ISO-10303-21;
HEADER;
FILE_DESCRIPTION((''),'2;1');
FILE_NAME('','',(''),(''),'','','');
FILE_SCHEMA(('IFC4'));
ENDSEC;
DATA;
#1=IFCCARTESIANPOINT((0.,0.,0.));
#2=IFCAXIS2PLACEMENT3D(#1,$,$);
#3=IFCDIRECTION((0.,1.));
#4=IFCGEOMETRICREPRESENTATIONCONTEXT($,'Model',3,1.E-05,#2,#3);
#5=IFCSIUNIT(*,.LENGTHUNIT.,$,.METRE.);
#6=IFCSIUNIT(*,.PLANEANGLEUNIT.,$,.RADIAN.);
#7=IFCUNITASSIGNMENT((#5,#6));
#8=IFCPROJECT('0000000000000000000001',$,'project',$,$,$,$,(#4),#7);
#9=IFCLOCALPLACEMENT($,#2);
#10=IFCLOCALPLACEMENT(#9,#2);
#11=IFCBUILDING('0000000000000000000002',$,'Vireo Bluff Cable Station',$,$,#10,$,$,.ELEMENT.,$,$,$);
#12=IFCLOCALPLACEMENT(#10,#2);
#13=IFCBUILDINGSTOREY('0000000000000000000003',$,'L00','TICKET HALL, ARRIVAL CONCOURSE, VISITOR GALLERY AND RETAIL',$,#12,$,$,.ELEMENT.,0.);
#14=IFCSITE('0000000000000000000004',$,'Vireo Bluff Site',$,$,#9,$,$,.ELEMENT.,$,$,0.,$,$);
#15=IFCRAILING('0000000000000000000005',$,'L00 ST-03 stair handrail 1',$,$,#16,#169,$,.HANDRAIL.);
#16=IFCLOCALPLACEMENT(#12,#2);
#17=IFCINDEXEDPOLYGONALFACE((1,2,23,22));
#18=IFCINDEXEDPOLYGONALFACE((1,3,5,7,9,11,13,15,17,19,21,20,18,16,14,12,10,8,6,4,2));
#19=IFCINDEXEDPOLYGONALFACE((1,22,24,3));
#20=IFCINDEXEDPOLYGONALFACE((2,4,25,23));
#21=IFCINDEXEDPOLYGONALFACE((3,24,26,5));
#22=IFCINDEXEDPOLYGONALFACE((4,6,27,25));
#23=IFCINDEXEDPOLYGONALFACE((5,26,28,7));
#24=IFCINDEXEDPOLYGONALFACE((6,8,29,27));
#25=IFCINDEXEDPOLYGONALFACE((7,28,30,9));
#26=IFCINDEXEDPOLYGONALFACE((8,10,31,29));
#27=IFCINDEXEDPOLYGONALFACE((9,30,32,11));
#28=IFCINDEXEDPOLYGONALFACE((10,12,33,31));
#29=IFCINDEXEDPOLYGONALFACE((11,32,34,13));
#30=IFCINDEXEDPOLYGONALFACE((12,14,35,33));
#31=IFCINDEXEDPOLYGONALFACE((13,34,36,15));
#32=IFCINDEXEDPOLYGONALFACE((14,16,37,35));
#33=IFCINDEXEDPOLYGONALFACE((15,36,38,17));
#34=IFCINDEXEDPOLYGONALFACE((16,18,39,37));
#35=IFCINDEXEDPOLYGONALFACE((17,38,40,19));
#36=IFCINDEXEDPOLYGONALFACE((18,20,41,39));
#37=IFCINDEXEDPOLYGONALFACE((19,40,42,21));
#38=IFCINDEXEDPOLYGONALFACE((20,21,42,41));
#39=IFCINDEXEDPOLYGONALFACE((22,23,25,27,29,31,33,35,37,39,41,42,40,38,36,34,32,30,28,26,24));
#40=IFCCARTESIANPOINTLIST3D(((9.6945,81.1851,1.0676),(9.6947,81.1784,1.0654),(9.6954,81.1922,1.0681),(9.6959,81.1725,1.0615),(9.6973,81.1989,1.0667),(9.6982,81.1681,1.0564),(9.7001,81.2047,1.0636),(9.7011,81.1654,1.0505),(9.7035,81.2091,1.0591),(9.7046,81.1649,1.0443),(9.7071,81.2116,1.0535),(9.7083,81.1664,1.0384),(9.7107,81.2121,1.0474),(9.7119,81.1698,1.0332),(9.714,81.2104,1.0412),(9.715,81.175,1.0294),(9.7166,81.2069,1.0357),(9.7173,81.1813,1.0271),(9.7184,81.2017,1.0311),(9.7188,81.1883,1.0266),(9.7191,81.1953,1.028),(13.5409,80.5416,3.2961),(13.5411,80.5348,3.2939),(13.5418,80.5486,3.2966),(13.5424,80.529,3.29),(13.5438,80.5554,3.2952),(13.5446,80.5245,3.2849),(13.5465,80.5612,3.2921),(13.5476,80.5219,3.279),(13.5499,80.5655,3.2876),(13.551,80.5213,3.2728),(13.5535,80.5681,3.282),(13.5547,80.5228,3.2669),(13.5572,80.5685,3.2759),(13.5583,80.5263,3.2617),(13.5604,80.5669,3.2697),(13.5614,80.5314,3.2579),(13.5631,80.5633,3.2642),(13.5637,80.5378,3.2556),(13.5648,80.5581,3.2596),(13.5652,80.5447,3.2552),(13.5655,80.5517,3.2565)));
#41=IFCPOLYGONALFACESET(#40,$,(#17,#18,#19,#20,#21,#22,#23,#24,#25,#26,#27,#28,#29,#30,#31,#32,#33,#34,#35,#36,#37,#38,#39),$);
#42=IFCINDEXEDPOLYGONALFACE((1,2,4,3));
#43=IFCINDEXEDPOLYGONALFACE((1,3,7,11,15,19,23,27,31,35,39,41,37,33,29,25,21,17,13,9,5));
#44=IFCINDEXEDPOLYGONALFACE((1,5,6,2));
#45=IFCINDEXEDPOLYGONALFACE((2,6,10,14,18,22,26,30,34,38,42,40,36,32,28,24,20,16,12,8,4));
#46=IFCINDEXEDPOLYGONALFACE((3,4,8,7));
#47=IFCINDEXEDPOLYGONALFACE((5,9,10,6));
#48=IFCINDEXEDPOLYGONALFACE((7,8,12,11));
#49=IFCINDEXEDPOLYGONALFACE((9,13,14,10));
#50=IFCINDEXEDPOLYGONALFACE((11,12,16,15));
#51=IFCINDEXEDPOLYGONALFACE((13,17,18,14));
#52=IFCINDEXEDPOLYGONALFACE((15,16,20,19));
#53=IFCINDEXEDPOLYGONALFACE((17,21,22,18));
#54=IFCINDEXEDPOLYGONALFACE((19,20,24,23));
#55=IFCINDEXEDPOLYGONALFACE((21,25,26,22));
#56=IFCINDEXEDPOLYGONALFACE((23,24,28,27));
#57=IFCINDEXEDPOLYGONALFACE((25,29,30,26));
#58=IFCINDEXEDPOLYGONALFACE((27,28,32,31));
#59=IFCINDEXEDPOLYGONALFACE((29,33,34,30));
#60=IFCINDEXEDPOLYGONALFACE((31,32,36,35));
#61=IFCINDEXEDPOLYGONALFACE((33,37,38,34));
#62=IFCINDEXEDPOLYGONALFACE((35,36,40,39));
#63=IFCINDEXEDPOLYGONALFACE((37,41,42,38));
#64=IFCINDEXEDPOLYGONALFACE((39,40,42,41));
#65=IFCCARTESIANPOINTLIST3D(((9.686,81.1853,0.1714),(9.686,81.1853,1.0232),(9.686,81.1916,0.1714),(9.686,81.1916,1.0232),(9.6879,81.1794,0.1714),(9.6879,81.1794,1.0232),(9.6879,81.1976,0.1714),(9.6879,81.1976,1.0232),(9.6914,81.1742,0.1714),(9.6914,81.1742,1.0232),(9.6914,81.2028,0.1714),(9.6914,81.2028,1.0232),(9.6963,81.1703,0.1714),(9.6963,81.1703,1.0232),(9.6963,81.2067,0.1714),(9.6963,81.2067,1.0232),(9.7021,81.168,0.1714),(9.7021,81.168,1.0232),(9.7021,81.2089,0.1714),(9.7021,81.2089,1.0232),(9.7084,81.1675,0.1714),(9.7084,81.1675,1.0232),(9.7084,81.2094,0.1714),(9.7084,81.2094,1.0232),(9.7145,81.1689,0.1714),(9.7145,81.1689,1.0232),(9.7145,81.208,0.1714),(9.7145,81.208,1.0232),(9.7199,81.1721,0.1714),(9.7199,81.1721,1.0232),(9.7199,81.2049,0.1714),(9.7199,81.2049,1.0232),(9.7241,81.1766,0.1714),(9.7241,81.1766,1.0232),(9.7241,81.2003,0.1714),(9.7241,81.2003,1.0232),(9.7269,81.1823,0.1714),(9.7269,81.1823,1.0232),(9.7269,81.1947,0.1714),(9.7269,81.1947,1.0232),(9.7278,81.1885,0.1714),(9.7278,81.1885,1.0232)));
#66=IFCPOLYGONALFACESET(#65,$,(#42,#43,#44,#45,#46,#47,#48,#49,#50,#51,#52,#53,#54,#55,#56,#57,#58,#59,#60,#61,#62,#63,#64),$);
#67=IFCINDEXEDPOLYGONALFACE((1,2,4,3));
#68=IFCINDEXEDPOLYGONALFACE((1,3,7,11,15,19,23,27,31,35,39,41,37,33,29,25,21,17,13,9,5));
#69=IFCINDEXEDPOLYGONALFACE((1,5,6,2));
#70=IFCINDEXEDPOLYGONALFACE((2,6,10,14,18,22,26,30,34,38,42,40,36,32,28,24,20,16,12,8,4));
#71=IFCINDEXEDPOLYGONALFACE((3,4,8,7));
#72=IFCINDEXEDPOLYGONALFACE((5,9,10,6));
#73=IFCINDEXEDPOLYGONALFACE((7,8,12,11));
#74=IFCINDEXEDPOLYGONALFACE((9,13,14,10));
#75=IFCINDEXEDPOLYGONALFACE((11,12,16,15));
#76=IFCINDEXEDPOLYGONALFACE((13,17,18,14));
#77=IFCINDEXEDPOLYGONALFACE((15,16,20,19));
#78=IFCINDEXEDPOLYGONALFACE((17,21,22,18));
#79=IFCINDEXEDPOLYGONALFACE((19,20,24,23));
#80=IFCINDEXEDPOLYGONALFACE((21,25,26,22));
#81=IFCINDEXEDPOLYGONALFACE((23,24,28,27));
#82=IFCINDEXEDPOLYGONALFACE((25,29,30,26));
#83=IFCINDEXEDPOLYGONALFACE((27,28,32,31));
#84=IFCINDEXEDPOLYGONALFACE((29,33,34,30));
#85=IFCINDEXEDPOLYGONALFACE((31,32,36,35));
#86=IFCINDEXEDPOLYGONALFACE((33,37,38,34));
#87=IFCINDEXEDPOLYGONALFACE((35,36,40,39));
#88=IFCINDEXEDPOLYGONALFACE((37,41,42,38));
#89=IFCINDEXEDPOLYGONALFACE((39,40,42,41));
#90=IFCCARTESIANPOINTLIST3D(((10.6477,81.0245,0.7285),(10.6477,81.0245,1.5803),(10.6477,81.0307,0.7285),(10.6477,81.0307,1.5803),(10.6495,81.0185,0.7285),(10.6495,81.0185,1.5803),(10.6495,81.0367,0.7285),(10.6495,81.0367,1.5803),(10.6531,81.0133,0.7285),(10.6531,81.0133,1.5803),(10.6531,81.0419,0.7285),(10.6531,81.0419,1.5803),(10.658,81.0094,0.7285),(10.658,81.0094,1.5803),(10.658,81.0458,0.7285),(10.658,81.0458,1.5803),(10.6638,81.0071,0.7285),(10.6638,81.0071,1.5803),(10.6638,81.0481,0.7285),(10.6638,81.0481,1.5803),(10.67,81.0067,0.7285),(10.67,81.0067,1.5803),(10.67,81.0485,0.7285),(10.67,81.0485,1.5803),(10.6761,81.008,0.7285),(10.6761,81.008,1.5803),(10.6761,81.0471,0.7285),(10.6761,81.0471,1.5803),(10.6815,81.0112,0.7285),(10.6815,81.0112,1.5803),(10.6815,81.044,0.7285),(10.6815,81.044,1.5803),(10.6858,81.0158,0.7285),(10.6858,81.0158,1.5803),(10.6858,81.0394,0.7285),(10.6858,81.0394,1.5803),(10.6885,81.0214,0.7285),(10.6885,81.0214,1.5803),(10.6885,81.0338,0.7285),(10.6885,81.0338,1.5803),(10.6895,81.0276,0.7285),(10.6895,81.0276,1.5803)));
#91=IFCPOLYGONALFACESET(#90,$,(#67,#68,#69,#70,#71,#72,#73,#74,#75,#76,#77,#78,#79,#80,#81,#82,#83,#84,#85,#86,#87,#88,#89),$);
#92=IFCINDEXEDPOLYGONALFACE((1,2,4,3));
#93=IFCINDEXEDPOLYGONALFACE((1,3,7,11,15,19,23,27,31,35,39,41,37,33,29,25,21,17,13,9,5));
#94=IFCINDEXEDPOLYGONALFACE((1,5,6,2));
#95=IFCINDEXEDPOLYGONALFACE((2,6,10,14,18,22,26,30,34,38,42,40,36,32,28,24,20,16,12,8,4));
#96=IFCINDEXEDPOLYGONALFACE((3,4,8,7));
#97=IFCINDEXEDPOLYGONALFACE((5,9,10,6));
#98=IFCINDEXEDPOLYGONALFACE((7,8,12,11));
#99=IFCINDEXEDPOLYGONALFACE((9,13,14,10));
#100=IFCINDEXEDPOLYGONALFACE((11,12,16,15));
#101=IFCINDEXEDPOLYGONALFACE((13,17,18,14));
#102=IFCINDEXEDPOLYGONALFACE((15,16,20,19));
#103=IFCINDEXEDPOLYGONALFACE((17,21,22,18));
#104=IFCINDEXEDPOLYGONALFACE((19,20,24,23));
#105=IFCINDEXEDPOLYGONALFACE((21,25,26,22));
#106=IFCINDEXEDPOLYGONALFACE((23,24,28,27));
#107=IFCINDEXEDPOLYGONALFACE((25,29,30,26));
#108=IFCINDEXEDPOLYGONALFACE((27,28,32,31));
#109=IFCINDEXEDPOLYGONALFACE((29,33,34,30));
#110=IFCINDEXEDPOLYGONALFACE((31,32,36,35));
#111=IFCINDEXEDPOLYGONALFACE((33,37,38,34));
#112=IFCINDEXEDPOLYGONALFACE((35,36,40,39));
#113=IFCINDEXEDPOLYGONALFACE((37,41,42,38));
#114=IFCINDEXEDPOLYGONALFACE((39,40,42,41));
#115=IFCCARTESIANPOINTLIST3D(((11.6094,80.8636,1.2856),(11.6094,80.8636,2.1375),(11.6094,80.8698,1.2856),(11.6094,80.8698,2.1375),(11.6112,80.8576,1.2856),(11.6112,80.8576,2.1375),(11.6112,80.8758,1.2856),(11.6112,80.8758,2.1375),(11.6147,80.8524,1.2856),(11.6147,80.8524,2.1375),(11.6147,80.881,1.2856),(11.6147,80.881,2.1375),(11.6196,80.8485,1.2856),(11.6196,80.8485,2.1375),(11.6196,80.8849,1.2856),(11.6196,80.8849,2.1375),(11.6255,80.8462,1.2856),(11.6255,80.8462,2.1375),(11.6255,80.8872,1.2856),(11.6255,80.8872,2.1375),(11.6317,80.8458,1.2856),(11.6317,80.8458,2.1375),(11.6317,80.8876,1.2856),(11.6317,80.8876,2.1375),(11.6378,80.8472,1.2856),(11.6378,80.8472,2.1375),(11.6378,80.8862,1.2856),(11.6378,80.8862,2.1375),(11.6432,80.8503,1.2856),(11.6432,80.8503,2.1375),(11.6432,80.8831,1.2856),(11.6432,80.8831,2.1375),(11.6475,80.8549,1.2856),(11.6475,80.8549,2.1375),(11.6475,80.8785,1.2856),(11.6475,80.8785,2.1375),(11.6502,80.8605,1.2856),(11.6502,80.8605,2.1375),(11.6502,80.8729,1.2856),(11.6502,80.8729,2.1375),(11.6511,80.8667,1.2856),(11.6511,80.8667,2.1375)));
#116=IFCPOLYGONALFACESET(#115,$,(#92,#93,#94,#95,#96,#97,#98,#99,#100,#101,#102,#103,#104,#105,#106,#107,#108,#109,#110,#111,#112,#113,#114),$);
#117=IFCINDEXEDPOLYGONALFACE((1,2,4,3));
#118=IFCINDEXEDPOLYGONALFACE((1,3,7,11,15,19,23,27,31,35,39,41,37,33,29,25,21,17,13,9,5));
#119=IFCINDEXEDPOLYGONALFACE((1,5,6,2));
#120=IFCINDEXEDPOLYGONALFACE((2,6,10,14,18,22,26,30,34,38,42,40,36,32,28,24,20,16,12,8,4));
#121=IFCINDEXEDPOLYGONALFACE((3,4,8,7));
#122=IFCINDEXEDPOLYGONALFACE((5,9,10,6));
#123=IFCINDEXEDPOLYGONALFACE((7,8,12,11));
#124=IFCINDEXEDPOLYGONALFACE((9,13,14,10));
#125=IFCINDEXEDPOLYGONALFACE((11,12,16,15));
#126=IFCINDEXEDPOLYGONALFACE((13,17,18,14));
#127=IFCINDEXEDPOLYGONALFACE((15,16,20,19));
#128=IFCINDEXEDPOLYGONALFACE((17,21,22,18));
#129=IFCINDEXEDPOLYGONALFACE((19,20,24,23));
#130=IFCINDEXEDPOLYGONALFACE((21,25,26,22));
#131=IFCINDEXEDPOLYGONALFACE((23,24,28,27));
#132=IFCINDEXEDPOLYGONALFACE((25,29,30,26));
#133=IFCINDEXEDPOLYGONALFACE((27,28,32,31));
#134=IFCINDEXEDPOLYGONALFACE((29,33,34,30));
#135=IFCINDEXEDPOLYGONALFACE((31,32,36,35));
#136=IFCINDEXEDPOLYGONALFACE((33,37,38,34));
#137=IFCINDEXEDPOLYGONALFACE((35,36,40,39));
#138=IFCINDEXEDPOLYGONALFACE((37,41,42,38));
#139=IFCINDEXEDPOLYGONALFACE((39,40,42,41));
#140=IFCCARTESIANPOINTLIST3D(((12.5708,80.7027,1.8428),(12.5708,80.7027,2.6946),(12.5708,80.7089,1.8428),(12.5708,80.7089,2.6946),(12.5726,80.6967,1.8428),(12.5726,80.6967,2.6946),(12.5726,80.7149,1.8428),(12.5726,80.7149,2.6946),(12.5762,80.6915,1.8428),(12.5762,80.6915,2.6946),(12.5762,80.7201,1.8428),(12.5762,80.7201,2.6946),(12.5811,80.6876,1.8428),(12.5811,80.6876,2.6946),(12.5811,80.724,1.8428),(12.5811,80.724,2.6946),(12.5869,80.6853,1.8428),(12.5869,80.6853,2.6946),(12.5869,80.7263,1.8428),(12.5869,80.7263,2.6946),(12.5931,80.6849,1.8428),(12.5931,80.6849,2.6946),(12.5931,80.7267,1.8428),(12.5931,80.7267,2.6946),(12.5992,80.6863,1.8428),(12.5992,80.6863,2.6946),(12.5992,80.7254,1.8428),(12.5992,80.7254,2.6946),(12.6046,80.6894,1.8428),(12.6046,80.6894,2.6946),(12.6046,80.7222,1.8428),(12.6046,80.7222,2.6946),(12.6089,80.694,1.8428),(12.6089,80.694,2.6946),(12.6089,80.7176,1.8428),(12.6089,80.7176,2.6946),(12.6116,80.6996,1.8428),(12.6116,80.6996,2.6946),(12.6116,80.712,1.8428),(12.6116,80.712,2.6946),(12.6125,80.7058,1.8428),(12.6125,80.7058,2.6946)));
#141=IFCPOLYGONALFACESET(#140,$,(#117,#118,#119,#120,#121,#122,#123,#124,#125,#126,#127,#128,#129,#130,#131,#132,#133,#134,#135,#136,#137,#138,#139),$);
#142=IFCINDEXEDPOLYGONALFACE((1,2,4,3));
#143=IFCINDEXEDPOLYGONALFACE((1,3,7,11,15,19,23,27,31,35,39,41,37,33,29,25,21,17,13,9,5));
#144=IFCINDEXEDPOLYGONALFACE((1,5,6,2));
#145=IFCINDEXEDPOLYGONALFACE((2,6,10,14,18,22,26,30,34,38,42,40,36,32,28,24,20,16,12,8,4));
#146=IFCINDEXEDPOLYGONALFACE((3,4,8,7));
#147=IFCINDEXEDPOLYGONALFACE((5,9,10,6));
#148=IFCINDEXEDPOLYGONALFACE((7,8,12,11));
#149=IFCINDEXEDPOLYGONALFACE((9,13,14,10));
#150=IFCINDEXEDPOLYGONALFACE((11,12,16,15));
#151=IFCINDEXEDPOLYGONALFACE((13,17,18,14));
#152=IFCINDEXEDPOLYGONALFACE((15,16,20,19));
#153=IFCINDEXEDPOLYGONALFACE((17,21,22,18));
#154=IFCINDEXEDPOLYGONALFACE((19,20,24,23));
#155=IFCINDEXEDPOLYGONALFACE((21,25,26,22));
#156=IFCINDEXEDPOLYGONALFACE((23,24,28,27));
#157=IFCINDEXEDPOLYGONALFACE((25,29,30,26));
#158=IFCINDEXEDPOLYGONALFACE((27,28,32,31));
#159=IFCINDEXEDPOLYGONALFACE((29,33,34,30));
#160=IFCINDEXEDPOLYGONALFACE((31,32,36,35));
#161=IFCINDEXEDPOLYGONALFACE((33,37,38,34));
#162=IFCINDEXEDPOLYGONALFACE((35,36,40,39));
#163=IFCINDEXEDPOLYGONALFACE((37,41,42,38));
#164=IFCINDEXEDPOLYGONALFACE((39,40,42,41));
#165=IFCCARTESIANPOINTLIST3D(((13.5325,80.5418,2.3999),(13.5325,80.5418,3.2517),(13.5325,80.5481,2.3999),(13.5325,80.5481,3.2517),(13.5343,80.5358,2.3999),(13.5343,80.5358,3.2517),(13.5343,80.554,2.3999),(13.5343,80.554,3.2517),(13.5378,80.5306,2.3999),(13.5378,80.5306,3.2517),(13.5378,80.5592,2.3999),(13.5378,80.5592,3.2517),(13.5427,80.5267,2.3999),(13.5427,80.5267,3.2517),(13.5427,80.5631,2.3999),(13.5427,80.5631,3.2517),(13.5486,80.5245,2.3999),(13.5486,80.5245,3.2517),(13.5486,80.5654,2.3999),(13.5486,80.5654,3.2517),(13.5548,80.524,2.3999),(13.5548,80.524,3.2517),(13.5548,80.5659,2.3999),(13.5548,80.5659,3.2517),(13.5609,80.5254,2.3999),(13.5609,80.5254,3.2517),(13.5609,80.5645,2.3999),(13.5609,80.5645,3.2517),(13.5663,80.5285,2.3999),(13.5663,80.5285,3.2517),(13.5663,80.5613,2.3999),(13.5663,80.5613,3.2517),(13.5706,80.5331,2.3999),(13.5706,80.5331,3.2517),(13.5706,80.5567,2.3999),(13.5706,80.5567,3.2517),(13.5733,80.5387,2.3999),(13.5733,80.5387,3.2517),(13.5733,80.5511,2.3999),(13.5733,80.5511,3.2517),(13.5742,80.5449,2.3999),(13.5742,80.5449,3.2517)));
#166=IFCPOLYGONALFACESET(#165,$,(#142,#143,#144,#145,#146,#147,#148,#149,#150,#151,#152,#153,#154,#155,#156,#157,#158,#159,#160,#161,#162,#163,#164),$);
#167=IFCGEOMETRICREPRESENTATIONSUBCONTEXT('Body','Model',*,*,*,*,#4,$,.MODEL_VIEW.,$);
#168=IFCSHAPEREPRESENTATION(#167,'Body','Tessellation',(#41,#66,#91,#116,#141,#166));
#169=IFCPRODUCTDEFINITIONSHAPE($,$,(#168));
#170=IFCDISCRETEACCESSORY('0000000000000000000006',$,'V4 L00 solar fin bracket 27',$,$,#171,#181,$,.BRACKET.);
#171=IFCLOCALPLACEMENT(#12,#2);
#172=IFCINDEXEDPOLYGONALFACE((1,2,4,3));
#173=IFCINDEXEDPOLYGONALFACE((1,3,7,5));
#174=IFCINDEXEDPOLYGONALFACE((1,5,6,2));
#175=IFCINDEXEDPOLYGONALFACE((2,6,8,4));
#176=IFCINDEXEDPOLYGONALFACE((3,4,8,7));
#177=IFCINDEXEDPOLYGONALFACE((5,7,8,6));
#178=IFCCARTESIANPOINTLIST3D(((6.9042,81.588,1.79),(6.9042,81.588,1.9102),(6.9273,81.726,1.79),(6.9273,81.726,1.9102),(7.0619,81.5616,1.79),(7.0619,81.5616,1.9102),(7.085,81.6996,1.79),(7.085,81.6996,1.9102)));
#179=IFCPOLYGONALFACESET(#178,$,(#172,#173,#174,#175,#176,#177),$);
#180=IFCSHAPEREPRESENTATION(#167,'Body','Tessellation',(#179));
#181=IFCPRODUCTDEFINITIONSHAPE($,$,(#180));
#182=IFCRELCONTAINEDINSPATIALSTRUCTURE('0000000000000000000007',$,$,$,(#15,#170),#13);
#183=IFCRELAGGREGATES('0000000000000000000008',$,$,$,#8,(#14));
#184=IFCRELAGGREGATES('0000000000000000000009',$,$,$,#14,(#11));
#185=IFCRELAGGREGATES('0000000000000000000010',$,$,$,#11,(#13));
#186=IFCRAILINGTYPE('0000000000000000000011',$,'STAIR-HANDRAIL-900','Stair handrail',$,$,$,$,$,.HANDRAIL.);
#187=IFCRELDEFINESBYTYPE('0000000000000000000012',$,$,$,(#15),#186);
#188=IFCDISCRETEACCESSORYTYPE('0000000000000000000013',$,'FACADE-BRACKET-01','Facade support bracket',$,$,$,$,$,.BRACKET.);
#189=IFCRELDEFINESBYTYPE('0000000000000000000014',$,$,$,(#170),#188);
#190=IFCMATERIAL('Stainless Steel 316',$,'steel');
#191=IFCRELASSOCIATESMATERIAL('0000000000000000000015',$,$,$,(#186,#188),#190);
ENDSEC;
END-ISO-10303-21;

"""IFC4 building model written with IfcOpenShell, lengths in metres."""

from ifc_helpers import new_model, si_unit, direction, frame, origin, origin_2d, place, context, subcontext, project, spatial, rectangle, circle, extrude, material, type_object, element, save


model = new_model("IFC4")

# Units and contexts
model_context = context("Model", 3, precision=1e-05, world=origin(), true_north=direction((0.0, 1.0)))
body_context = subcontext(model_context, "Body", "Model", "MODEL_VIEW")
ifc_project = project(units=[si_unit("LENGTHUNIT", "METRE"), si_unit("PLANEANGLEUNIT", "RADIAN")], contexts=[model_context])

# Site, building, storey
site_placement = place(None, origin())
site = spatial("IfcSite", under=ifc_project, at=site_placement, Name="Vireo Bluff Site", CompositionType="ELEMENT", RefElevation=0.0)
building_placement = place(site_placement, origin())
building = spatial("IfcBuilding", under=site, at=building_placement, Name="Vireo Bluff Cable Station", CompositionType="ELEMENT")
storey_placement = place(building_placement, origin())
storey = spatial("IfcBuildingStorey", under=building, at=storey_placement, Name="L00", Description="TICKET HALL, ARRIVAL CONCOURSE, VISITOR GALLERY AND RETAIL", CompositionType="ELEMENT", Elevation=0.0)

# Railing
ifc_material_1 = material(Name="Stainless Steel 316", Category="steel")
railing_type_1 = type_object("IfcRailingType", Name="STAIR-HANDRAIL-900", Description="Stair handrail", PredefinedType="HANDRAIL", material=ifc_material_1)
railing_1_placement = place(storey_placement, frame((9.7068, 81.1885, 0.1714)))
element("IfcRailing", 1, at=railing_1_placement, inside=storey, type_object=railing_type_1, Name="L00 ST-03 stair handrail 1", PredefinedType="HANDRAIL", context=body_context, shape_type="SweptSolid", body=[
    extrude(circle(Radius=0.0239, at=origin_2d()), frame((0.0, 0.0, 0.876), z_axis=(0.85634, -0.143276, 0.496139), x_axis=(0.165018, 0.986291, 0.0)), (0.0, 0.0, 1.0), 4.4917),
    extrude(circle(Radius=0.021, at=origin_2d()), origin(), (0.0, 0.0, 1.0), 0.8518),
    extrude(circle(Radius=0.021, at=origin_2d()), frame((0.9617, -0.1609, 0.5571)), (0.0, 0.0, 1.0), 0.8518),
    extrude(circle(Radius=0.021, at=origin_2d()), frame((1.9233, -0.3218, 1.1143)), (0.0, 0.0, 1.0), 0.8518),
    extrude(circle(Radius=0.021, at=origin_2d()), frame((2.8848, -0.4827, 1.6714)), (0.0, 0.0, 1.0), 0.8518),
    extrude(circle(Radius=0.021, at=origin_2d()), frame((3.8464, -0.6436, 2.2285)), (0.0, 0.0, 1.0), 0.8518),
])

# Discrete accessory
discrete_accessory_type = type_object("IfcDiscreteAccessoryType", Name="FACADE-BRACKET-01", Description="Facade support bracket", PredefinedType="BRACKET", material=ifc_material_1)
discrete_accessory_placement = place(storey_placement, frame((6.9946, 81.6438, 1.79), z_axis=(0.0, 0.0, 1.0), x_axis=(0.165048, 0.986286, 0.0)))
element("IfcDiscreteAccessory", 2, at=discrete_accessory_placement, inside=storey, type_object=discrete_accessory_type, Name="V4 L00 solar fin bracket 27", PredefinedType="BRACKET", context=body_context, shape_type="SweptSolid", body=[
    extrude(rectangle(XDim=0.1399, YDim=0.1599, at=origin_2d()), origin(), (0.0, 0.0, 1.0), 0.1201),
])

save(model, "model.ifc")
